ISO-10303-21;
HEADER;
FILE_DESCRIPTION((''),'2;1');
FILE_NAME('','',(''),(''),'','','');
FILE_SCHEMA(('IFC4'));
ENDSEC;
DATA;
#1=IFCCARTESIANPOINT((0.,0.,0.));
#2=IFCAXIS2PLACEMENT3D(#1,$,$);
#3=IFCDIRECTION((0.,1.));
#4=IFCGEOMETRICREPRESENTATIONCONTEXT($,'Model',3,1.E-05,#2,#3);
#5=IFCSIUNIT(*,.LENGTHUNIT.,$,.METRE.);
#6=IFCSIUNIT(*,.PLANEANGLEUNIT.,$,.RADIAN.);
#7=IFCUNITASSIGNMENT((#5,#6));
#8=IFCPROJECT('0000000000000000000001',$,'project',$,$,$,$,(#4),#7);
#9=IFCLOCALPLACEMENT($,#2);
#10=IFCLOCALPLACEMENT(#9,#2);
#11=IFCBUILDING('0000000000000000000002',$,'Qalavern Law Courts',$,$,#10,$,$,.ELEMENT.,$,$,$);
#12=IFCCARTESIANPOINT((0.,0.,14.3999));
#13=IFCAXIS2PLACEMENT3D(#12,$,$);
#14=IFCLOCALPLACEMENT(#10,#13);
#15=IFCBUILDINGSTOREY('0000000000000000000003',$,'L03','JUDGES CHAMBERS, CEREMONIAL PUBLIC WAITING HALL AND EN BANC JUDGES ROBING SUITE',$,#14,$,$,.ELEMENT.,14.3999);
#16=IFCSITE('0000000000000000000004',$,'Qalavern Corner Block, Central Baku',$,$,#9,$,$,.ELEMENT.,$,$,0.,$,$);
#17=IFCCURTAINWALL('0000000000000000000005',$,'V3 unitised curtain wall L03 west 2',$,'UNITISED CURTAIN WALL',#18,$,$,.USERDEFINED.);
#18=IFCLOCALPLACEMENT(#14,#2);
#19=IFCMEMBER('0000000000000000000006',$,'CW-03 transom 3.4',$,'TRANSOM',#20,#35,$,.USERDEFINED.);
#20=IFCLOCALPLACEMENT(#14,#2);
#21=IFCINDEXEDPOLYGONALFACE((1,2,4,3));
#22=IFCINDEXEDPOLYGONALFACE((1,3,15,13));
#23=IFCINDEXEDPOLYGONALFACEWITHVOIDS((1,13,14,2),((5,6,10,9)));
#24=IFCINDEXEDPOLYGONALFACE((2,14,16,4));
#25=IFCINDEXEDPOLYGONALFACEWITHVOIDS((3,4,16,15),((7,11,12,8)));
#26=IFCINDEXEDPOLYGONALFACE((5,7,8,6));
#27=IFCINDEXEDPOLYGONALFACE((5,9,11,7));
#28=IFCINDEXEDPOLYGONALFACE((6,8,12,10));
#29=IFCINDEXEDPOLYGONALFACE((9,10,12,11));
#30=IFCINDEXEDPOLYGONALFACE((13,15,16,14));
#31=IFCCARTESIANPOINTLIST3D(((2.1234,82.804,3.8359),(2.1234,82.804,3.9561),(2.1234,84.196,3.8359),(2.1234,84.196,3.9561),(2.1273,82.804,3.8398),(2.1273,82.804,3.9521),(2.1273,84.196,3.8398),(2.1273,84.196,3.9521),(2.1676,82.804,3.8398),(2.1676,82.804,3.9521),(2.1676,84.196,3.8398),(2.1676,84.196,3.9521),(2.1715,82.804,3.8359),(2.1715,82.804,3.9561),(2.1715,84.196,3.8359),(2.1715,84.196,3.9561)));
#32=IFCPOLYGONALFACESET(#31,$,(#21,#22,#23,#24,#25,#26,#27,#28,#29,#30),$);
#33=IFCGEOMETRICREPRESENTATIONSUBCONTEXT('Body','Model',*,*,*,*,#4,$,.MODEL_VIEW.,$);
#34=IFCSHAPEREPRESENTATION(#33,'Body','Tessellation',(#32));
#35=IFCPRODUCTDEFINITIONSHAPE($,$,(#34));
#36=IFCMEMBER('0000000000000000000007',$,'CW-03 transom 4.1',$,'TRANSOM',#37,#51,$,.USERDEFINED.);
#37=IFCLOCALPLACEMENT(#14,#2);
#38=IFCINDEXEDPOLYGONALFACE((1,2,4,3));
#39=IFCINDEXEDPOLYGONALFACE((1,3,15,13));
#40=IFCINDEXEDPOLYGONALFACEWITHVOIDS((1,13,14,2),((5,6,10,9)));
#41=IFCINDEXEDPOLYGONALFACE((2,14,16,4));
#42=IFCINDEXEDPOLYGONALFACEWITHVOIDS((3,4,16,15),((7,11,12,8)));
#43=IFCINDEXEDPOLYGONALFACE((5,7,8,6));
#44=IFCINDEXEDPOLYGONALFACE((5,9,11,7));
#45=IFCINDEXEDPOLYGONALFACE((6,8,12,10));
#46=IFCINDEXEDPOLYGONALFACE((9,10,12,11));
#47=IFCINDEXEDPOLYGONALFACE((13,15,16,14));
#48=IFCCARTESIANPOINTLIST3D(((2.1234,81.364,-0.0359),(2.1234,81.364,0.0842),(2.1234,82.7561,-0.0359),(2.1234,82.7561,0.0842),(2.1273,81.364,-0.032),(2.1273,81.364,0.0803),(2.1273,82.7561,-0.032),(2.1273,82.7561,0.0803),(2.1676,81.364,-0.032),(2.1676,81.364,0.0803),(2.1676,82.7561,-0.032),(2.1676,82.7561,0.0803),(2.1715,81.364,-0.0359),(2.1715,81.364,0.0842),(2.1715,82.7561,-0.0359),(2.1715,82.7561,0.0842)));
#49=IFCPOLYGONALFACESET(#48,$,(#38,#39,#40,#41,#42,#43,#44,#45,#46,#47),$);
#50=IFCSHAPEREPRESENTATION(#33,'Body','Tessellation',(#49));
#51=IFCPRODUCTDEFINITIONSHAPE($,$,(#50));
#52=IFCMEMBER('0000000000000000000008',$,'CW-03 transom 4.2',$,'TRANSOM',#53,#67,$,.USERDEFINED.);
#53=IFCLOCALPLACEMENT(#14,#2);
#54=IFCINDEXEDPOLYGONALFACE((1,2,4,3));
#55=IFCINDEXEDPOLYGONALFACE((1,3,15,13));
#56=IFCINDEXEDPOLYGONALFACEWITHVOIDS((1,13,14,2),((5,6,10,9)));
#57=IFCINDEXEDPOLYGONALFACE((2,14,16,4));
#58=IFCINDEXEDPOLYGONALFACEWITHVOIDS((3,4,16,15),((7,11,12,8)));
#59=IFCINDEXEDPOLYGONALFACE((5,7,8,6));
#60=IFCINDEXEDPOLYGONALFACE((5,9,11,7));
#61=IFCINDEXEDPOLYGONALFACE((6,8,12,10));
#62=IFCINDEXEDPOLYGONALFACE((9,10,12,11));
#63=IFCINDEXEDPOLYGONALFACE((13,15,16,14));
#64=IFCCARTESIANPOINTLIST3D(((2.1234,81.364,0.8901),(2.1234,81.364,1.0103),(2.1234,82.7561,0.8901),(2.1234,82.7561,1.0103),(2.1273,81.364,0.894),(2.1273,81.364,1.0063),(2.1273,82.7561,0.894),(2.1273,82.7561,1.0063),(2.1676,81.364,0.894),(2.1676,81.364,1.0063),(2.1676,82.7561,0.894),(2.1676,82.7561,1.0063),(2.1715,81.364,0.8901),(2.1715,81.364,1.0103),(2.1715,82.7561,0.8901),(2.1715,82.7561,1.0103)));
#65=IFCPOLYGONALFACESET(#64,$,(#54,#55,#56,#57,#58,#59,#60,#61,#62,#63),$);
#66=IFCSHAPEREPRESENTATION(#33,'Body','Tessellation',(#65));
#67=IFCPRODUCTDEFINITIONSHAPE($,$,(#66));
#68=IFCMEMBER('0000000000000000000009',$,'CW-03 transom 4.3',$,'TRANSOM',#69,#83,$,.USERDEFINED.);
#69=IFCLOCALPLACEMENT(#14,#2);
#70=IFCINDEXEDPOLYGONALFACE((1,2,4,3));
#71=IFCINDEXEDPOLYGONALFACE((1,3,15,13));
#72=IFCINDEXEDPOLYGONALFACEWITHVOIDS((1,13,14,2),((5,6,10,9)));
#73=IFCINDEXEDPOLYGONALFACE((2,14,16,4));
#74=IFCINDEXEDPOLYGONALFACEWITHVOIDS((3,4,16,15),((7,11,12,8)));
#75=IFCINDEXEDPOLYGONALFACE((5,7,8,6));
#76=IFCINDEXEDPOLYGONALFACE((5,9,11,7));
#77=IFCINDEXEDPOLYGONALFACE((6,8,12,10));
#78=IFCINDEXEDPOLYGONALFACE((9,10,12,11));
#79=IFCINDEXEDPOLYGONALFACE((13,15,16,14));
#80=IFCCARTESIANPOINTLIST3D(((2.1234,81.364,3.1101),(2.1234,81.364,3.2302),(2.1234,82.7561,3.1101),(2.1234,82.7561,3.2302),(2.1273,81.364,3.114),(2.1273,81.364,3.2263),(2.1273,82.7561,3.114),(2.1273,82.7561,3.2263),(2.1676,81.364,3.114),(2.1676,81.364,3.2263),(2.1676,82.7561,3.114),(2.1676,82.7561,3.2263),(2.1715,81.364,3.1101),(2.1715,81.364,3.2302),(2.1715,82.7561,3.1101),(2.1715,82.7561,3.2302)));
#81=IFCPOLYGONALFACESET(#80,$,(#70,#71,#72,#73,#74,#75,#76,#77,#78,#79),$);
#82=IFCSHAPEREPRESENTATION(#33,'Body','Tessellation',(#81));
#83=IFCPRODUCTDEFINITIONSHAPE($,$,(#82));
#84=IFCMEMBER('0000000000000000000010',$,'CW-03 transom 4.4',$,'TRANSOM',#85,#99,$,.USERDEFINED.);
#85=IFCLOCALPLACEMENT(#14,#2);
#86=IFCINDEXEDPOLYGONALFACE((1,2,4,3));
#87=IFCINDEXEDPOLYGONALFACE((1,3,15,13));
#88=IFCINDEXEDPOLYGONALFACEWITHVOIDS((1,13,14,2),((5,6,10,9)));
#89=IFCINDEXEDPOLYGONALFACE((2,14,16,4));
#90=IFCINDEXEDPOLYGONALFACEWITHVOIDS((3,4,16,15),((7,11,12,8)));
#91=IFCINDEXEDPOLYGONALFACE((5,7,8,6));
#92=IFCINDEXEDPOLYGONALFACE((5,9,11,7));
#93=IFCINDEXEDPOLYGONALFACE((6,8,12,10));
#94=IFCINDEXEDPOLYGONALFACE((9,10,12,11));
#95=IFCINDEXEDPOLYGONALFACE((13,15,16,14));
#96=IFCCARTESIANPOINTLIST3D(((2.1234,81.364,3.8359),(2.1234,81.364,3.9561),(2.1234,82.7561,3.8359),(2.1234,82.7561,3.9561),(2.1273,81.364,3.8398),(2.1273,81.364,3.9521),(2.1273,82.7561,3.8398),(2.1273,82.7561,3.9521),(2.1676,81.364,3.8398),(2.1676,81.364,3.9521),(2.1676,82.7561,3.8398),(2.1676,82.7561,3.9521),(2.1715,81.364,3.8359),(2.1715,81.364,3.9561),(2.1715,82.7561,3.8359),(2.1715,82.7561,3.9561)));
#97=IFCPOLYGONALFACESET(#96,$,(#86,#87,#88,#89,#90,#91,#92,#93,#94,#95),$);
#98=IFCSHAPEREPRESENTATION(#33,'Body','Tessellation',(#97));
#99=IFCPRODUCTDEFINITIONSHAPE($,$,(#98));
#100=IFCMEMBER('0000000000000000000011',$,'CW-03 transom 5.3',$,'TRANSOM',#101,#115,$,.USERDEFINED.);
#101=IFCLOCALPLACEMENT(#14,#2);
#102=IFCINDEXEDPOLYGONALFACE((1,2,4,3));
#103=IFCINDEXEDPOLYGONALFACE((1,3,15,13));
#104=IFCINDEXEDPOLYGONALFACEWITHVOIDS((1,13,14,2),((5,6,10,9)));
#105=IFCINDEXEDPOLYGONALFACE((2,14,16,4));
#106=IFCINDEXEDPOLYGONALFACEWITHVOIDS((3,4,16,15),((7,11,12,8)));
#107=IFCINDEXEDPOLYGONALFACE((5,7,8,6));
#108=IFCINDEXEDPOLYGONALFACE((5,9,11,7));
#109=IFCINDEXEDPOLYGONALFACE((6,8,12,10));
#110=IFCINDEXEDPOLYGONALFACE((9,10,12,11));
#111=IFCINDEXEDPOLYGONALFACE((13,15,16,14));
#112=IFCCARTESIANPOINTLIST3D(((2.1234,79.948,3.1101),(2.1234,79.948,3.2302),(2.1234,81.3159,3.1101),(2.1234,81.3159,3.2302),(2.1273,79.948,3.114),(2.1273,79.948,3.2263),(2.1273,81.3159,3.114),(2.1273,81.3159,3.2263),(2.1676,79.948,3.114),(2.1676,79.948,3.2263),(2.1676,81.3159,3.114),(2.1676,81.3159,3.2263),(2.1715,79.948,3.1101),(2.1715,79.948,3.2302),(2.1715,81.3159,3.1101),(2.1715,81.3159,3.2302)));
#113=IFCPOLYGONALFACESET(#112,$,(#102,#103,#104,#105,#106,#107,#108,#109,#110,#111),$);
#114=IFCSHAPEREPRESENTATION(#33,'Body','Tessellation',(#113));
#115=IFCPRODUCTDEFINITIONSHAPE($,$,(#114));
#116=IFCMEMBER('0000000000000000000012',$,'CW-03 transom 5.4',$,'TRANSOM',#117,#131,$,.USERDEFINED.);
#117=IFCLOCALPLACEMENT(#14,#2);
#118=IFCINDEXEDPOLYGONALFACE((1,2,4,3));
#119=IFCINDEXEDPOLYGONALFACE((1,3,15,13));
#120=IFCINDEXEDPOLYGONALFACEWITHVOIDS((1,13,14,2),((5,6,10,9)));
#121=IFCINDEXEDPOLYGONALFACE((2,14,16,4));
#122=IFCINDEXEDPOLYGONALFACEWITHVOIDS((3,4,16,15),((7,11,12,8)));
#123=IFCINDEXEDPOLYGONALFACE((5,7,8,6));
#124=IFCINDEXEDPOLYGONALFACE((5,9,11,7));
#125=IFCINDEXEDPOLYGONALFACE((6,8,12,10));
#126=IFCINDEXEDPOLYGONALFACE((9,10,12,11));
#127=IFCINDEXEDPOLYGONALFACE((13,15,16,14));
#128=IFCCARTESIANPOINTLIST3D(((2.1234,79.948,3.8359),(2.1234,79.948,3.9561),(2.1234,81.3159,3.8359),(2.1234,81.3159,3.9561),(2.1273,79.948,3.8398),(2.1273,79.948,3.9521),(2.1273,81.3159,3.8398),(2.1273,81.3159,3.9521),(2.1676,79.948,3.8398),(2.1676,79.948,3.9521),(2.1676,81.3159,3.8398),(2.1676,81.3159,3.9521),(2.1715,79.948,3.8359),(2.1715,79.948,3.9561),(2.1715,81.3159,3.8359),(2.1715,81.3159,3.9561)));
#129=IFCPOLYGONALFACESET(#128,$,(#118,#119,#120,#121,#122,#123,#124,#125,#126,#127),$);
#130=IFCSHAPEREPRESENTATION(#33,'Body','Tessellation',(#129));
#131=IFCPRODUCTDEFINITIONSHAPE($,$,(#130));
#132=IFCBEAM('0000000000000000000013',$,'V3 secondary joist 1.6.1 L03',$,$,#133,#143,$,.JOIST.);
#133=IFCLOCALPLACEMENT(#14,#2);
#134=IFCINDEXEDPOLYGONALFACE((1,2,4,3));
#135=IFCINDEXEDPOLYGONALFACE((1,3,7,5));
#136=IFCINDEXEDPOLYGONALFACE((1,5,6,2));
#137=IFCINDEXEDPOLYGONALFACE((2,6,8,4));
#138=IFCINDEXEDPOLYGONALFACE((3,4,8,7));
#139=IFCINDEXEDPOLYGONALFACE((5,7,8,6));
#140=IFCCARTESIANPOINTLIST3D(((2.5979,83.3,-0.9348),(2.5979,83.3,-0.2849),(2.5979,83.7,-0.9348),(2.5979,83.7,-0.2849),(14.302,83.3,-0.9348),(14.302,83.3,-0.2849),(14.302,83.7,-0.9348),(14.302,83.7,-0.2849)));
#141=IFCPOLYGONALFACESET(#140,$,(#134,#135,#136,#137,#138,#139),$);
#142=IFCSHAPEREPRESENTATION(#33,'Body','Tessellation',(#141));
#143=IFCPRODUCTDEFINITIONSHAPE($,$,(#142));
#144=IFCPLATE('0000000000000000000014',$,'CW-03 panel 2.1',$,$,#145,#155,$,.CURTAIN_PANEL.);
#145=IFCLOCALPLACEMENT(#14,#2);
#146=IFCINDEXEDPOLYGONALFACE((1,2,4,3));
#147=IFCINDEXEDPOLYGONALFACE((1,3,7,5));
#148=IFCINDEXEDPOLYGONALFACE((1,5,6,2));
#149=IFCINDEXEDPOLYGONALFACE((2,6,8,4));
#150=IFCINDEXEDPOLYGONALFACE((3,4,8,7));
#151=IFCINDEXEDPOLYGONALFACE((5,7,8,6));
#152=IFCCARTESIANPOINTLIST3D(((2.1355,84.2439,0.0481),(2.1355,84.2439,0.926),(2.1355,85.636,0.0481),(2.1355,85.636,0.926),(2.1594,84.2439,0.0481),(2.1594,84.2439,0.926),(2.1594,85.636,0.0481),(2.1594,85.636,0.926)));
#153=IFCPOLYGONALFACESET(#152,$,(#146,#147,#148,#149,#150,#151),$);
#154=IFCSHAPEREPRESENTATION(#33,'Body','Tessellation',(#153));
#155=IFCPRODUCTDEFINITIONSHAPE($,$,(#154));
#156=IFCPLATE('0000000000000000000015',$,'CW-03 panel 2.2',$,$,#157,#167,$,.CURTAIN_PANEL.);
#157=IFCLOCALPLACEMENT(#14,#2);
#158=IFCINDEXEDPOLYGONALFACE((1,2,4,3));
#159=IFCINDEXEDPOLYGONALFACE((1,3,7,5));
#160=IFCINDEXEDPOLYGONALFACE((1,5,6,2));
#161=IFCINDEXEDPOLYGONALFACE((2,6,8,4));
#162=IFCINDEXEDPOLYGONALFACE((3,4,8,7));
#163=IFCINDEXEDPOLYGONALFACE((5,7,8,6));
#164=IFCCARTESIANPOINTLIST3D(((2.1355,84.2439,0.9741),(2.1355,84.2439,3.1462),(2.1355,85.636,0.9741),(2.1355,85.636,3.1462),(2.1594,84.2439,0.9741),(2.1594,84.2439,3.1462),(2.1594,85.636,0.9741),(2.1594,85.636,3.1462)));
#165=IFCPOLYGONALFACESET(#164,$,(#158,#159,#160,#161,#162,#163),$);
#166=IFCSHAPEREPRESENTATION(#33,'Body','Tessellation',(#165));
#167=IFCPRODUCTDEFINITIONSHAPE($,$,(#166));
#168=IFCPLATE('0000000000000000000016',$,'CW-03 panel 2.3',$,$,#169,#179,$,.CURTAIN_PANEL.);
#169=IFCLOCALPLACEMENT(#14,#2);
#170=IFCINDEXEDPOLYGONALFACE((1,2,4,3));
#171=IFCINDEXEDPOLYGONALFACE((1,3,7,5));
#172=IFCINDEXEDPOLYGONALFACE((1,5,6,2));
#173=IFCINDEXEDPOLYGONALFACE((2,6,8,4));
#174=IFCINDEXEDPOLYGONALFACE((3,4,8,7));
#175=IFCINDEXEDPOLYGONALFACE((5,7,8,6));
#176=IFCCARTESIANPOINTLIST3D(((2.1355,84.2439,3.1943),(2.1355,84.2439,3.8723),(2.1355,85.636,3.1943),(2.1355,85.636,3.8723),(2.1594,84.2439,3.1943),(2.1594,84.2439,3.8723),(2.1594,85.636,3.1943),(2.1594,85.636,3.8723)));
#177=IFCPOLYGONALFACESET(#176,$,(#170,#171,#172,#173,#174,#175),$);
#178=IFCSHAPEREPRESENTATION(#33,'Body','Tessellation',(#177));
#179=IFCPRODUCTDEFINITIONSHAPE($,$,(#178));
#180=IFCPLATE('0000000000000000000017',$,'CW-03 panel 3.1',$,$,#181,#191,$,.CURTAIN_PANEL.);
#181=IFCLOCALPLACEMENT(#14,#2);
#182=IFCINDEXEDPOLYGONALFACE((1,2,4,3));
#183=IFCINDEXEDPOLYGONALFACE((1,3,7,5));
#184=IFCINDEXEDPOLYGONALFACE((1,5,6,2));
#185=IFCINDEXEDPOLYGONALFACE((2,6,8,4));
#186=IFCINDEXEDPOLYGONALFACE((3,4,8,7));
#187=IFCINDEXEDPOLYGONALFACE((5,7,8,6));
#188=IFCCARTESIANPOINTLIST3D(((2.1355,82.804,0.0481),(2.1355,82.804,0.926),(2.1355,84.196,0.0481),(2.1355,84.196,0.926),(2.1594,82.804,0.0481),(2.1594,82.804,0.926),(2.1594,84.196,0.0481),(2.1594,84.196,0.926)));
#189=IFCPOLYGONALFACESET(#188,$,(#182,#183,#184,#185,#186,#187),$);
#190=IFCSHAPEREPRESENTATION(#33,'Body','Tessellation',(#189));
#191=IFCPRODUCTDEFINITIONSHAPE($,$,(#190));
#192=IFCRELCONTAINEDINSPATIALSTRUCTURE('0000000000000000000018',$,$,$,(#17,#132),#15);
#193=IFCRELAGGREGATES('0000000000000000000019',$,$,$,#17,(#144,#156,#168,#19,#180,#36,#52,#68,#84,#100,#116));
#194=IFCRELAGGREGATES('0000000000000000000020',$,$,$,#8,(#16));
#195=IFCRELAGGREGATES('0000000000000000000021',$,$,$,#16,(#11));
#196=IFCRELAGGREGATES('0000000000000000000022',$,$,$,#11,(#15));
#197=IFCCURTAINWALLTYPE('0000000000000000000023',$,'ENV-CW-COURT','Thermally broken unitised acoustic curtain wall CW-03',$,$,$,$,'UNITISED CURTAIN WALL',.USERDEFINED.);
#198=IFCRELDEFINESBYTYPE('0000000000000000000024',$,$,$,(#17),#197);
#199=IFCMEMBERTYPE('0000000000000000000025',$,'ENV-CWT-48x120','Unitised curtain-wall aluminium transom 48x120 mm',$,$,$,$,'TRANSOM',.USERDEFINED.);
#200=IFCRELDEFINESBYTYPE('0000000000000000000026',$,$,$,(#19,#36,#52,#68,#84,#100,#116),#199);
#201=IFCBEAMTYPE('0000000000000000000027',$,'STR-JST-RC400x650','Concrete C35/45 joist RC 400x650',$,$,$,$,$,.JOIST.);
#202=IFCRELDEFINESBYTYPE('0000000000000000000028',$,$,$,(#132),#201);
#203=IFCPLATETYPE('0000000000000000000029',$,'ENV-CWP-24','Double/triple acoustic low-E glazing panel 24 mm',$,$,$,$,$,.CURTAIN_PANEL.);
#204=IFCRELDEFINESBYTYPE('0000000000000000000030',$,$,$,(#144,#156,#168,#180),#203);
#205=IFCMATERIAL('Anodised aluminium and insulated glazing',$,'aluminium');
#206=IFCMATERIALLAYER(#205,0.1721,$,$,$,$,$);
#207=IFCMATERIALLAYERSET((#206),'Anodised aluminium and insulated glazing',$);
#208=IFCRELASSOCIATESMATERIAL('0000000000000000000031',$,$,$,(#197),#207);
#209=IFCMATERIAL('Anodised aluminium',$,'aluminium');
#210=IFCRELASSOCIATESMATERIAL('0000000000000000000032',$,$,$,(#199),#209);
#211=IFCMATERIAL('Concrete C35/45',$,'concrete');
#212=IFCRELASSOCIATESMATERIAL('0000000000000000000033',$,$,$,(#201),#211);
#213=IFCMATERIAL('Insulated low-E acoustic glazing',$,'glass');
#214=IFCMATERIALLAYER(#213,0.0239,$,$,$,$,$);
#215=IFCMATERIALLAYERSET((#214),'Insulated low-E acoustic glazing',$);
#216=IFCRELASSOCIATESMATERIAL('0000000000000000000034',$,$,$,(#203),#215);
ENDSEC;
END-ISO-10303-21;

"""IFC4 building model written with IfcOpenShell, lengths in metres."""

from ifc_helpers import new_model, si_unit, direction, frame, origin, origin_2d, place, context, subcontext, project, spatial, rectangle, hollow_rectangle, extrude, material, layer, layer_set, material_profile, profile_set, type_object, element, aggregate, save


model = new_model("IFC4")

# Units and contexts
model_context = context("Model", 3, precision=1e-05, world=origin(), true_north=direction((0.0, 1.0)))
body_context = subcontext(model_context, "Body", "Model", "MODEL_VIEW")
ifc_project = project(units=[si_unit("LENGTHUNIT", "METRE"), si_unit("PLANEANGLEUNIT", "RADIAN")], contexts=[model_context])

# Site, building, storey
site_placement = place(None, origin())
site = spatial("IfcSite", under=ifc_project, at=site_placement, Name="Qalavern Corner Block, Central Baku", CompositionType="ELEMENT", RefElevation=0.0)
building_placement = place(site_placement, origin())
building = spatial("IfcBuilding", under=site, at=building_placement, Name="Qalavern Law Courts", CompositionType="ELEMENT")
storey_placement = place(building_placement, frame((0.0, 0.0, 14.3999)))
storey = spatial("IfcBuildingStorey", under=building, at=storey_placement, Name="L03", Description="JUDGES CHAMBERS, CEREMONIAL PUBLIC WAITING HALL AND EN BANC JUDGES ROBING SUITE", CompositionType="ELEMENT", Elevation=14.3999)

# Curtain wall, members
ifc_material_1 = material(Name="Anodised aluminium and insulated glazing", Category="aluminium")
ifc_layer_1 = layer(ifc_material_1, 0.1721)
ifc_layer_set_1 = layer_set([ifc_layer_1], Name="Anodised aluminium and insulated glazing")
curtain_wall_type = type_object("IfcCurtainWallType", Name="ENV-CW-COURT", Description="Thermally broken unitised acoustic curtain wall CW-03", ElementType="UNITISED CURTAIN WALL", PredefinedType="USERDEFINED", material=ifc_layer_set_1)
curtain_wall_placement = place(storey_placement, origin())
curtain_wall = element("IfcCurtainWall", 1, at=curtain_wall_placement, inside=storey, type_object=curtain_wall_type, Name="V3 unitised curtain wall L03 west 2", ObjectType="UNITISED CURTAIN WALL", PredefinedType="USERDEFINED")
ifc_material_2 = material(Name="Anodised aluminium", Category="aluminium")
ifc_material_profile_1 = material_profile(ifc_material_2, hollow_rectangle(XDim=0.0481, YDim=0.1201, WallThickness=0.0039, at=origin_2d()), Name="ALU TRANSOM 48x120")
ifc_profile_set_1 = profile_set([ifc_material_profile_1], Name="Anodised aluminium")
member_type_1 = type_object("IfcMemberType", Name="ENV-CWT-48x120", Description="Unitised curtain-wall aluminium transom 48x120 mm", ElementType="TRANSOM", PredefinedType="USERDEFINED", material=ifc_profile_set_1)
member_1_placement = place(storey_placement, frame((2.1475, 84.196, 3.896), z_axis=(0.0, -1.0, 0.0), x_axis=(1.0, 0.0, 0.0)))
member_1 = element("IfcMember", 2, at=member_1_placement, type_object=member_type_1, Name="CW-03 transom 3.4", ObjectType="TRANSOM", PredefinedType="USERDEFINED", context=body_context, shape_type="SweptSolid", body=[
    extrude(hollow_rectangle(XDim=0.0481, YDim=0.1201, WallThickness=0.0039, at=origin_2d()), origin(), (0.0, 0.0, 1.0), 1.3921),
])
member_2_placement = place(storey_placement, frame((2.1475, 82.7561, 0.0242), z_axis=(0.0, -1.0, 0.0), x_axis=(1.0, 0.0, 0.0)))
member_2 = element("IfcMember", 3, at=member_2_placement, type_object=member_type_1, Name="CW-03 transom 4.1", ObjectType="TRANSOM", PredefinedType="USERDEFINED", context=body_context, shape_type="SweptSolid", body=[
    extrude(hollow_rectangle(XDim=0.0481, YDim=0.1201, WallThickness=0.0039, at=origin_2d()), origin(), (0.0, 0.0, 1.0), 1.3921),
])
member_3_placement = place(storey_placement, frame((2.1475, 82.7561, 0.9502), z_axis=(0.0, -1.0, 0.0), x_axis=(1.0, 0.0, 0.0)))
member_3 = element("IfcMember", 4, at=member_3_placement, type_object=member_type_1, Name="CW-03 transom 4.2", ObjectType="TRANSOM", PredefinedType="USERDEFINED", context=body_context, shape_type="SweptSolid", body=[
    extrude(hollow_rectangle(XDim=0.0481, YDim=0.1201, WallThickness=0.0039, at=origin_2d()), origin(), (0.0, 0.0, 1.0), 1.3921),
])
member_4_placement = place(storey_placement, frame((2.1475, 82.7561, 3.1702), z_axis=(0.0, -1.0, 0.0), x_axis=(1.0, 0.0, 0.0)))
member_4 = element("IfcMember", 5, at=member_4_placement, type_object=member_type_1, Name="CW-03 transom 4.3", ObjectType="TRANSOM", PredefinedType="USERDEFINED", context=body_context, shape_type="SweptSolid", body=[
    extrude(hollow_rectangle(XDim=0.0481, YDim=0.1201, WallThickness=0.0039, at=origin_2d()), origin(), (0.0, 0.0, 1.0), 1.3921),
])
member_5_placement = place(storey_placement, frame((2.1475, 82.7561, 3.896), z_axis=(0.0, -1.0, 0.0), x_axis=(1.0, 0.0, 0.0)))
member_5 = element("IfcMember", 6, at=member_5_placement, type_object=member_type_1, Name="CW-03 transom 4.4", ObjectType="TRANSOM", PredefinedType="USERDEFINED", context=body_context, shape_type="SweptSolid", body=[
    extrude(hollow_rectangle(XDim=0.0481, YDim=0.1201, WallThickness=0.0039, at=origin_2d()), origin(), (0.0, 0.0, 1.0), 1.3921),
])
member_6_placement = place(storey_placement, frame((2.1475, 81.3159, 3.1702), z_axis=(0.0, -1.0, 0.0), x_axis=(1.0, 0.0, 0.0)))
member_6 = element("IfcMember", 7, at=member_6_placement, type_object=member_type_1, Name="CW-03 transom 5.3", ObjectType="TRANSOM", PredefinedType="USERDEFINED", context=body_context, shape_type="SweptSolid", body=[
    extrude(hollow_rectangle(XDim=0.0481, YDim=0.1201, WallThickness=0.0039, at=origin_2d()), origin(), (0.0, 0.0, 1.0), 1.3679),
])
member_7_placement = place(storey_placement, frame((2.1475, 81.3159, 3.896), z_axis=(0.0, -1.0, 0.0), x_axis=(1.0, 0.0, 0.0)))
member_7 = element("IfcMember", 8, at=member_7_placement, type_object=member_type_1, Name="CW-03 transom 5.4", ObjectType="TRANSOM", PredefinedType="USERDEFINED", context=body_context, shape_type="SweptSolid", body=[
    extrude(hollow_rectangle(XDim=0.0481, YDim=0.1201, WallThickness=0.0039, at=origin_2d()), origin(), (0.0, 0.0, 1.0), 1.3679),
])

# Beam
ifc_material_3 = material(Name="Concrete C35/45", Category="concrete")
ifc_material_profile_2 = material_profile(ifc_material_3, rectangle(XDim=0.3999, YDim=0.6499, at=origin_2d()), Name="RC 400x650")
ifc_profile_set_2 = profile_set([ifc_material_profile_2], Name="Concrete C35/45")
beam_type = type_object("IfcBeamType", Name="STR-JST-RC400x650", Description="Concrete C35/45 joist RC 400x650", PredefinedType="JOIST", material=ifc_profile_set_2)
beam_placement = place(storey_placement, frame((2.5979, 83.5, -0.6099), z_axis=(1.0, 0.0, 0.0), x_axis=(0.0, 1.0, 0.0)))
element("IfcBeam", 9, at=beam_placement, inside=storey, type_object=beam_type, Name="V3 secondary joist 1.6.1 L03", PredefinedType="JOIST", context=body_context, shape_type="SweptSolid", body=[
    extrude(rectangle(XDim=0.3999, YDim=0.6499, at=origin_2d()), origin(), (0.0, 0.0, 1.0), 11.7041),
])

# Plates
ifc_material_4 = material(Name="Insulated low-E acoustic glazing", Category="glass")
ifc_layer_2 = layer(ifc_material_4, 0.0239)
ifc_layer_set_2 = layer_set([ifc_layer_2], Name="Insulated low-E acoustic glazing")
plate_type = type_object("IfcPlateType", Name="ENV-CWP-24", Description="Double/triple acoustic low-E glazing panel 24 mm", PredefinedType="CURTAIN_PANEL", material=ifc_layer_set_2)
plate_1_placement = place(storey_placement, frame((2.1475, 84.9399, 0.0481), z_axis=(0.0, 0.0, 1.0), x_axis=(0.0, -1.0, 0.0)))
plate_1 = element("IfcPlate", 10, at=plate_1_placement, type_object=plate_type, Name="CW-03 panel 2.1", PredefinedType="CURTAIN_PANEL", context=body_context, shape_type="SweptSolid", body=[
    extrude(rectangle(XDim=1.3921, YDim=0.0239, at=origin_2d()), origin(), (0.0, 0.0, 1.0), 0.8779),
])
plate_2_placement = place(storey_placement, frame((2.1475, 84.9399, 0.9741), z_axis=(0.0, 0.0, 1.0), x_axis=(0.0, -1.0, 0.0)))
plate_2 = element("IfcPlate", 11, at=plate_2_placement, type_object=plate_type, Name="CW-03 panel 2.2", PredefinedType="CURTAIN_PANEL", context=body_context, shape_type="SweptSolid", body=[
    extrude(rectangle(XDim=1.3921, YDim=0.0239, at=origin_2d()), origin(), (0.0, 0.0, 1.0), 2.1721),
])
plate_3_placement = place(storey_placement, frame((2.1475, 84.9399, 3.1943), z_axis=(0.0, 0.0, 1.0), x_axis=(0.0, -1.0, 0.0)))
plate_3 = element("IfcPlate", 12, at=plate_3_placement, type_object=plate_type, Name="CW-03 panel 2.3", PredefinedType="CURTAIN_PANEL", context=body_context, shape_type="SweptSolid", body=[
    extrude(rectangle(XDim=1.3921, YDim=0.0239, at=origin_2d()), origin(), (0.0, 0.0, 1.0), 0.678),
])
plate_4_placement = place(storey_placement, frame((2.1475, 83.5, 0.0481), z_axis=(0.0, 0.0, 1.0), x_axis=(0.0, -1.0, 0.0)))
plate_4 = element("IfcPlate", 13, at=plate_4_placement, type_object=plate_type, Name="CW-03 panel 3.1", PredefinedType="CURTAIN_PANEL", context=body_context, shape_type="SweptSolid", body=[
    extrude(rectangle(XDim=1.3921, YDim=0.0239, at=origin_2d()), origin(), (0.0, 0.0, 1.0), 0.8779),
])
aggregate(curtain_wall, [plate_1, plate_2, plate_3, member_1, plate_4, member_2, member_3, member_4, member_5, member_6, member_7])

save(model, "model.ifc")
